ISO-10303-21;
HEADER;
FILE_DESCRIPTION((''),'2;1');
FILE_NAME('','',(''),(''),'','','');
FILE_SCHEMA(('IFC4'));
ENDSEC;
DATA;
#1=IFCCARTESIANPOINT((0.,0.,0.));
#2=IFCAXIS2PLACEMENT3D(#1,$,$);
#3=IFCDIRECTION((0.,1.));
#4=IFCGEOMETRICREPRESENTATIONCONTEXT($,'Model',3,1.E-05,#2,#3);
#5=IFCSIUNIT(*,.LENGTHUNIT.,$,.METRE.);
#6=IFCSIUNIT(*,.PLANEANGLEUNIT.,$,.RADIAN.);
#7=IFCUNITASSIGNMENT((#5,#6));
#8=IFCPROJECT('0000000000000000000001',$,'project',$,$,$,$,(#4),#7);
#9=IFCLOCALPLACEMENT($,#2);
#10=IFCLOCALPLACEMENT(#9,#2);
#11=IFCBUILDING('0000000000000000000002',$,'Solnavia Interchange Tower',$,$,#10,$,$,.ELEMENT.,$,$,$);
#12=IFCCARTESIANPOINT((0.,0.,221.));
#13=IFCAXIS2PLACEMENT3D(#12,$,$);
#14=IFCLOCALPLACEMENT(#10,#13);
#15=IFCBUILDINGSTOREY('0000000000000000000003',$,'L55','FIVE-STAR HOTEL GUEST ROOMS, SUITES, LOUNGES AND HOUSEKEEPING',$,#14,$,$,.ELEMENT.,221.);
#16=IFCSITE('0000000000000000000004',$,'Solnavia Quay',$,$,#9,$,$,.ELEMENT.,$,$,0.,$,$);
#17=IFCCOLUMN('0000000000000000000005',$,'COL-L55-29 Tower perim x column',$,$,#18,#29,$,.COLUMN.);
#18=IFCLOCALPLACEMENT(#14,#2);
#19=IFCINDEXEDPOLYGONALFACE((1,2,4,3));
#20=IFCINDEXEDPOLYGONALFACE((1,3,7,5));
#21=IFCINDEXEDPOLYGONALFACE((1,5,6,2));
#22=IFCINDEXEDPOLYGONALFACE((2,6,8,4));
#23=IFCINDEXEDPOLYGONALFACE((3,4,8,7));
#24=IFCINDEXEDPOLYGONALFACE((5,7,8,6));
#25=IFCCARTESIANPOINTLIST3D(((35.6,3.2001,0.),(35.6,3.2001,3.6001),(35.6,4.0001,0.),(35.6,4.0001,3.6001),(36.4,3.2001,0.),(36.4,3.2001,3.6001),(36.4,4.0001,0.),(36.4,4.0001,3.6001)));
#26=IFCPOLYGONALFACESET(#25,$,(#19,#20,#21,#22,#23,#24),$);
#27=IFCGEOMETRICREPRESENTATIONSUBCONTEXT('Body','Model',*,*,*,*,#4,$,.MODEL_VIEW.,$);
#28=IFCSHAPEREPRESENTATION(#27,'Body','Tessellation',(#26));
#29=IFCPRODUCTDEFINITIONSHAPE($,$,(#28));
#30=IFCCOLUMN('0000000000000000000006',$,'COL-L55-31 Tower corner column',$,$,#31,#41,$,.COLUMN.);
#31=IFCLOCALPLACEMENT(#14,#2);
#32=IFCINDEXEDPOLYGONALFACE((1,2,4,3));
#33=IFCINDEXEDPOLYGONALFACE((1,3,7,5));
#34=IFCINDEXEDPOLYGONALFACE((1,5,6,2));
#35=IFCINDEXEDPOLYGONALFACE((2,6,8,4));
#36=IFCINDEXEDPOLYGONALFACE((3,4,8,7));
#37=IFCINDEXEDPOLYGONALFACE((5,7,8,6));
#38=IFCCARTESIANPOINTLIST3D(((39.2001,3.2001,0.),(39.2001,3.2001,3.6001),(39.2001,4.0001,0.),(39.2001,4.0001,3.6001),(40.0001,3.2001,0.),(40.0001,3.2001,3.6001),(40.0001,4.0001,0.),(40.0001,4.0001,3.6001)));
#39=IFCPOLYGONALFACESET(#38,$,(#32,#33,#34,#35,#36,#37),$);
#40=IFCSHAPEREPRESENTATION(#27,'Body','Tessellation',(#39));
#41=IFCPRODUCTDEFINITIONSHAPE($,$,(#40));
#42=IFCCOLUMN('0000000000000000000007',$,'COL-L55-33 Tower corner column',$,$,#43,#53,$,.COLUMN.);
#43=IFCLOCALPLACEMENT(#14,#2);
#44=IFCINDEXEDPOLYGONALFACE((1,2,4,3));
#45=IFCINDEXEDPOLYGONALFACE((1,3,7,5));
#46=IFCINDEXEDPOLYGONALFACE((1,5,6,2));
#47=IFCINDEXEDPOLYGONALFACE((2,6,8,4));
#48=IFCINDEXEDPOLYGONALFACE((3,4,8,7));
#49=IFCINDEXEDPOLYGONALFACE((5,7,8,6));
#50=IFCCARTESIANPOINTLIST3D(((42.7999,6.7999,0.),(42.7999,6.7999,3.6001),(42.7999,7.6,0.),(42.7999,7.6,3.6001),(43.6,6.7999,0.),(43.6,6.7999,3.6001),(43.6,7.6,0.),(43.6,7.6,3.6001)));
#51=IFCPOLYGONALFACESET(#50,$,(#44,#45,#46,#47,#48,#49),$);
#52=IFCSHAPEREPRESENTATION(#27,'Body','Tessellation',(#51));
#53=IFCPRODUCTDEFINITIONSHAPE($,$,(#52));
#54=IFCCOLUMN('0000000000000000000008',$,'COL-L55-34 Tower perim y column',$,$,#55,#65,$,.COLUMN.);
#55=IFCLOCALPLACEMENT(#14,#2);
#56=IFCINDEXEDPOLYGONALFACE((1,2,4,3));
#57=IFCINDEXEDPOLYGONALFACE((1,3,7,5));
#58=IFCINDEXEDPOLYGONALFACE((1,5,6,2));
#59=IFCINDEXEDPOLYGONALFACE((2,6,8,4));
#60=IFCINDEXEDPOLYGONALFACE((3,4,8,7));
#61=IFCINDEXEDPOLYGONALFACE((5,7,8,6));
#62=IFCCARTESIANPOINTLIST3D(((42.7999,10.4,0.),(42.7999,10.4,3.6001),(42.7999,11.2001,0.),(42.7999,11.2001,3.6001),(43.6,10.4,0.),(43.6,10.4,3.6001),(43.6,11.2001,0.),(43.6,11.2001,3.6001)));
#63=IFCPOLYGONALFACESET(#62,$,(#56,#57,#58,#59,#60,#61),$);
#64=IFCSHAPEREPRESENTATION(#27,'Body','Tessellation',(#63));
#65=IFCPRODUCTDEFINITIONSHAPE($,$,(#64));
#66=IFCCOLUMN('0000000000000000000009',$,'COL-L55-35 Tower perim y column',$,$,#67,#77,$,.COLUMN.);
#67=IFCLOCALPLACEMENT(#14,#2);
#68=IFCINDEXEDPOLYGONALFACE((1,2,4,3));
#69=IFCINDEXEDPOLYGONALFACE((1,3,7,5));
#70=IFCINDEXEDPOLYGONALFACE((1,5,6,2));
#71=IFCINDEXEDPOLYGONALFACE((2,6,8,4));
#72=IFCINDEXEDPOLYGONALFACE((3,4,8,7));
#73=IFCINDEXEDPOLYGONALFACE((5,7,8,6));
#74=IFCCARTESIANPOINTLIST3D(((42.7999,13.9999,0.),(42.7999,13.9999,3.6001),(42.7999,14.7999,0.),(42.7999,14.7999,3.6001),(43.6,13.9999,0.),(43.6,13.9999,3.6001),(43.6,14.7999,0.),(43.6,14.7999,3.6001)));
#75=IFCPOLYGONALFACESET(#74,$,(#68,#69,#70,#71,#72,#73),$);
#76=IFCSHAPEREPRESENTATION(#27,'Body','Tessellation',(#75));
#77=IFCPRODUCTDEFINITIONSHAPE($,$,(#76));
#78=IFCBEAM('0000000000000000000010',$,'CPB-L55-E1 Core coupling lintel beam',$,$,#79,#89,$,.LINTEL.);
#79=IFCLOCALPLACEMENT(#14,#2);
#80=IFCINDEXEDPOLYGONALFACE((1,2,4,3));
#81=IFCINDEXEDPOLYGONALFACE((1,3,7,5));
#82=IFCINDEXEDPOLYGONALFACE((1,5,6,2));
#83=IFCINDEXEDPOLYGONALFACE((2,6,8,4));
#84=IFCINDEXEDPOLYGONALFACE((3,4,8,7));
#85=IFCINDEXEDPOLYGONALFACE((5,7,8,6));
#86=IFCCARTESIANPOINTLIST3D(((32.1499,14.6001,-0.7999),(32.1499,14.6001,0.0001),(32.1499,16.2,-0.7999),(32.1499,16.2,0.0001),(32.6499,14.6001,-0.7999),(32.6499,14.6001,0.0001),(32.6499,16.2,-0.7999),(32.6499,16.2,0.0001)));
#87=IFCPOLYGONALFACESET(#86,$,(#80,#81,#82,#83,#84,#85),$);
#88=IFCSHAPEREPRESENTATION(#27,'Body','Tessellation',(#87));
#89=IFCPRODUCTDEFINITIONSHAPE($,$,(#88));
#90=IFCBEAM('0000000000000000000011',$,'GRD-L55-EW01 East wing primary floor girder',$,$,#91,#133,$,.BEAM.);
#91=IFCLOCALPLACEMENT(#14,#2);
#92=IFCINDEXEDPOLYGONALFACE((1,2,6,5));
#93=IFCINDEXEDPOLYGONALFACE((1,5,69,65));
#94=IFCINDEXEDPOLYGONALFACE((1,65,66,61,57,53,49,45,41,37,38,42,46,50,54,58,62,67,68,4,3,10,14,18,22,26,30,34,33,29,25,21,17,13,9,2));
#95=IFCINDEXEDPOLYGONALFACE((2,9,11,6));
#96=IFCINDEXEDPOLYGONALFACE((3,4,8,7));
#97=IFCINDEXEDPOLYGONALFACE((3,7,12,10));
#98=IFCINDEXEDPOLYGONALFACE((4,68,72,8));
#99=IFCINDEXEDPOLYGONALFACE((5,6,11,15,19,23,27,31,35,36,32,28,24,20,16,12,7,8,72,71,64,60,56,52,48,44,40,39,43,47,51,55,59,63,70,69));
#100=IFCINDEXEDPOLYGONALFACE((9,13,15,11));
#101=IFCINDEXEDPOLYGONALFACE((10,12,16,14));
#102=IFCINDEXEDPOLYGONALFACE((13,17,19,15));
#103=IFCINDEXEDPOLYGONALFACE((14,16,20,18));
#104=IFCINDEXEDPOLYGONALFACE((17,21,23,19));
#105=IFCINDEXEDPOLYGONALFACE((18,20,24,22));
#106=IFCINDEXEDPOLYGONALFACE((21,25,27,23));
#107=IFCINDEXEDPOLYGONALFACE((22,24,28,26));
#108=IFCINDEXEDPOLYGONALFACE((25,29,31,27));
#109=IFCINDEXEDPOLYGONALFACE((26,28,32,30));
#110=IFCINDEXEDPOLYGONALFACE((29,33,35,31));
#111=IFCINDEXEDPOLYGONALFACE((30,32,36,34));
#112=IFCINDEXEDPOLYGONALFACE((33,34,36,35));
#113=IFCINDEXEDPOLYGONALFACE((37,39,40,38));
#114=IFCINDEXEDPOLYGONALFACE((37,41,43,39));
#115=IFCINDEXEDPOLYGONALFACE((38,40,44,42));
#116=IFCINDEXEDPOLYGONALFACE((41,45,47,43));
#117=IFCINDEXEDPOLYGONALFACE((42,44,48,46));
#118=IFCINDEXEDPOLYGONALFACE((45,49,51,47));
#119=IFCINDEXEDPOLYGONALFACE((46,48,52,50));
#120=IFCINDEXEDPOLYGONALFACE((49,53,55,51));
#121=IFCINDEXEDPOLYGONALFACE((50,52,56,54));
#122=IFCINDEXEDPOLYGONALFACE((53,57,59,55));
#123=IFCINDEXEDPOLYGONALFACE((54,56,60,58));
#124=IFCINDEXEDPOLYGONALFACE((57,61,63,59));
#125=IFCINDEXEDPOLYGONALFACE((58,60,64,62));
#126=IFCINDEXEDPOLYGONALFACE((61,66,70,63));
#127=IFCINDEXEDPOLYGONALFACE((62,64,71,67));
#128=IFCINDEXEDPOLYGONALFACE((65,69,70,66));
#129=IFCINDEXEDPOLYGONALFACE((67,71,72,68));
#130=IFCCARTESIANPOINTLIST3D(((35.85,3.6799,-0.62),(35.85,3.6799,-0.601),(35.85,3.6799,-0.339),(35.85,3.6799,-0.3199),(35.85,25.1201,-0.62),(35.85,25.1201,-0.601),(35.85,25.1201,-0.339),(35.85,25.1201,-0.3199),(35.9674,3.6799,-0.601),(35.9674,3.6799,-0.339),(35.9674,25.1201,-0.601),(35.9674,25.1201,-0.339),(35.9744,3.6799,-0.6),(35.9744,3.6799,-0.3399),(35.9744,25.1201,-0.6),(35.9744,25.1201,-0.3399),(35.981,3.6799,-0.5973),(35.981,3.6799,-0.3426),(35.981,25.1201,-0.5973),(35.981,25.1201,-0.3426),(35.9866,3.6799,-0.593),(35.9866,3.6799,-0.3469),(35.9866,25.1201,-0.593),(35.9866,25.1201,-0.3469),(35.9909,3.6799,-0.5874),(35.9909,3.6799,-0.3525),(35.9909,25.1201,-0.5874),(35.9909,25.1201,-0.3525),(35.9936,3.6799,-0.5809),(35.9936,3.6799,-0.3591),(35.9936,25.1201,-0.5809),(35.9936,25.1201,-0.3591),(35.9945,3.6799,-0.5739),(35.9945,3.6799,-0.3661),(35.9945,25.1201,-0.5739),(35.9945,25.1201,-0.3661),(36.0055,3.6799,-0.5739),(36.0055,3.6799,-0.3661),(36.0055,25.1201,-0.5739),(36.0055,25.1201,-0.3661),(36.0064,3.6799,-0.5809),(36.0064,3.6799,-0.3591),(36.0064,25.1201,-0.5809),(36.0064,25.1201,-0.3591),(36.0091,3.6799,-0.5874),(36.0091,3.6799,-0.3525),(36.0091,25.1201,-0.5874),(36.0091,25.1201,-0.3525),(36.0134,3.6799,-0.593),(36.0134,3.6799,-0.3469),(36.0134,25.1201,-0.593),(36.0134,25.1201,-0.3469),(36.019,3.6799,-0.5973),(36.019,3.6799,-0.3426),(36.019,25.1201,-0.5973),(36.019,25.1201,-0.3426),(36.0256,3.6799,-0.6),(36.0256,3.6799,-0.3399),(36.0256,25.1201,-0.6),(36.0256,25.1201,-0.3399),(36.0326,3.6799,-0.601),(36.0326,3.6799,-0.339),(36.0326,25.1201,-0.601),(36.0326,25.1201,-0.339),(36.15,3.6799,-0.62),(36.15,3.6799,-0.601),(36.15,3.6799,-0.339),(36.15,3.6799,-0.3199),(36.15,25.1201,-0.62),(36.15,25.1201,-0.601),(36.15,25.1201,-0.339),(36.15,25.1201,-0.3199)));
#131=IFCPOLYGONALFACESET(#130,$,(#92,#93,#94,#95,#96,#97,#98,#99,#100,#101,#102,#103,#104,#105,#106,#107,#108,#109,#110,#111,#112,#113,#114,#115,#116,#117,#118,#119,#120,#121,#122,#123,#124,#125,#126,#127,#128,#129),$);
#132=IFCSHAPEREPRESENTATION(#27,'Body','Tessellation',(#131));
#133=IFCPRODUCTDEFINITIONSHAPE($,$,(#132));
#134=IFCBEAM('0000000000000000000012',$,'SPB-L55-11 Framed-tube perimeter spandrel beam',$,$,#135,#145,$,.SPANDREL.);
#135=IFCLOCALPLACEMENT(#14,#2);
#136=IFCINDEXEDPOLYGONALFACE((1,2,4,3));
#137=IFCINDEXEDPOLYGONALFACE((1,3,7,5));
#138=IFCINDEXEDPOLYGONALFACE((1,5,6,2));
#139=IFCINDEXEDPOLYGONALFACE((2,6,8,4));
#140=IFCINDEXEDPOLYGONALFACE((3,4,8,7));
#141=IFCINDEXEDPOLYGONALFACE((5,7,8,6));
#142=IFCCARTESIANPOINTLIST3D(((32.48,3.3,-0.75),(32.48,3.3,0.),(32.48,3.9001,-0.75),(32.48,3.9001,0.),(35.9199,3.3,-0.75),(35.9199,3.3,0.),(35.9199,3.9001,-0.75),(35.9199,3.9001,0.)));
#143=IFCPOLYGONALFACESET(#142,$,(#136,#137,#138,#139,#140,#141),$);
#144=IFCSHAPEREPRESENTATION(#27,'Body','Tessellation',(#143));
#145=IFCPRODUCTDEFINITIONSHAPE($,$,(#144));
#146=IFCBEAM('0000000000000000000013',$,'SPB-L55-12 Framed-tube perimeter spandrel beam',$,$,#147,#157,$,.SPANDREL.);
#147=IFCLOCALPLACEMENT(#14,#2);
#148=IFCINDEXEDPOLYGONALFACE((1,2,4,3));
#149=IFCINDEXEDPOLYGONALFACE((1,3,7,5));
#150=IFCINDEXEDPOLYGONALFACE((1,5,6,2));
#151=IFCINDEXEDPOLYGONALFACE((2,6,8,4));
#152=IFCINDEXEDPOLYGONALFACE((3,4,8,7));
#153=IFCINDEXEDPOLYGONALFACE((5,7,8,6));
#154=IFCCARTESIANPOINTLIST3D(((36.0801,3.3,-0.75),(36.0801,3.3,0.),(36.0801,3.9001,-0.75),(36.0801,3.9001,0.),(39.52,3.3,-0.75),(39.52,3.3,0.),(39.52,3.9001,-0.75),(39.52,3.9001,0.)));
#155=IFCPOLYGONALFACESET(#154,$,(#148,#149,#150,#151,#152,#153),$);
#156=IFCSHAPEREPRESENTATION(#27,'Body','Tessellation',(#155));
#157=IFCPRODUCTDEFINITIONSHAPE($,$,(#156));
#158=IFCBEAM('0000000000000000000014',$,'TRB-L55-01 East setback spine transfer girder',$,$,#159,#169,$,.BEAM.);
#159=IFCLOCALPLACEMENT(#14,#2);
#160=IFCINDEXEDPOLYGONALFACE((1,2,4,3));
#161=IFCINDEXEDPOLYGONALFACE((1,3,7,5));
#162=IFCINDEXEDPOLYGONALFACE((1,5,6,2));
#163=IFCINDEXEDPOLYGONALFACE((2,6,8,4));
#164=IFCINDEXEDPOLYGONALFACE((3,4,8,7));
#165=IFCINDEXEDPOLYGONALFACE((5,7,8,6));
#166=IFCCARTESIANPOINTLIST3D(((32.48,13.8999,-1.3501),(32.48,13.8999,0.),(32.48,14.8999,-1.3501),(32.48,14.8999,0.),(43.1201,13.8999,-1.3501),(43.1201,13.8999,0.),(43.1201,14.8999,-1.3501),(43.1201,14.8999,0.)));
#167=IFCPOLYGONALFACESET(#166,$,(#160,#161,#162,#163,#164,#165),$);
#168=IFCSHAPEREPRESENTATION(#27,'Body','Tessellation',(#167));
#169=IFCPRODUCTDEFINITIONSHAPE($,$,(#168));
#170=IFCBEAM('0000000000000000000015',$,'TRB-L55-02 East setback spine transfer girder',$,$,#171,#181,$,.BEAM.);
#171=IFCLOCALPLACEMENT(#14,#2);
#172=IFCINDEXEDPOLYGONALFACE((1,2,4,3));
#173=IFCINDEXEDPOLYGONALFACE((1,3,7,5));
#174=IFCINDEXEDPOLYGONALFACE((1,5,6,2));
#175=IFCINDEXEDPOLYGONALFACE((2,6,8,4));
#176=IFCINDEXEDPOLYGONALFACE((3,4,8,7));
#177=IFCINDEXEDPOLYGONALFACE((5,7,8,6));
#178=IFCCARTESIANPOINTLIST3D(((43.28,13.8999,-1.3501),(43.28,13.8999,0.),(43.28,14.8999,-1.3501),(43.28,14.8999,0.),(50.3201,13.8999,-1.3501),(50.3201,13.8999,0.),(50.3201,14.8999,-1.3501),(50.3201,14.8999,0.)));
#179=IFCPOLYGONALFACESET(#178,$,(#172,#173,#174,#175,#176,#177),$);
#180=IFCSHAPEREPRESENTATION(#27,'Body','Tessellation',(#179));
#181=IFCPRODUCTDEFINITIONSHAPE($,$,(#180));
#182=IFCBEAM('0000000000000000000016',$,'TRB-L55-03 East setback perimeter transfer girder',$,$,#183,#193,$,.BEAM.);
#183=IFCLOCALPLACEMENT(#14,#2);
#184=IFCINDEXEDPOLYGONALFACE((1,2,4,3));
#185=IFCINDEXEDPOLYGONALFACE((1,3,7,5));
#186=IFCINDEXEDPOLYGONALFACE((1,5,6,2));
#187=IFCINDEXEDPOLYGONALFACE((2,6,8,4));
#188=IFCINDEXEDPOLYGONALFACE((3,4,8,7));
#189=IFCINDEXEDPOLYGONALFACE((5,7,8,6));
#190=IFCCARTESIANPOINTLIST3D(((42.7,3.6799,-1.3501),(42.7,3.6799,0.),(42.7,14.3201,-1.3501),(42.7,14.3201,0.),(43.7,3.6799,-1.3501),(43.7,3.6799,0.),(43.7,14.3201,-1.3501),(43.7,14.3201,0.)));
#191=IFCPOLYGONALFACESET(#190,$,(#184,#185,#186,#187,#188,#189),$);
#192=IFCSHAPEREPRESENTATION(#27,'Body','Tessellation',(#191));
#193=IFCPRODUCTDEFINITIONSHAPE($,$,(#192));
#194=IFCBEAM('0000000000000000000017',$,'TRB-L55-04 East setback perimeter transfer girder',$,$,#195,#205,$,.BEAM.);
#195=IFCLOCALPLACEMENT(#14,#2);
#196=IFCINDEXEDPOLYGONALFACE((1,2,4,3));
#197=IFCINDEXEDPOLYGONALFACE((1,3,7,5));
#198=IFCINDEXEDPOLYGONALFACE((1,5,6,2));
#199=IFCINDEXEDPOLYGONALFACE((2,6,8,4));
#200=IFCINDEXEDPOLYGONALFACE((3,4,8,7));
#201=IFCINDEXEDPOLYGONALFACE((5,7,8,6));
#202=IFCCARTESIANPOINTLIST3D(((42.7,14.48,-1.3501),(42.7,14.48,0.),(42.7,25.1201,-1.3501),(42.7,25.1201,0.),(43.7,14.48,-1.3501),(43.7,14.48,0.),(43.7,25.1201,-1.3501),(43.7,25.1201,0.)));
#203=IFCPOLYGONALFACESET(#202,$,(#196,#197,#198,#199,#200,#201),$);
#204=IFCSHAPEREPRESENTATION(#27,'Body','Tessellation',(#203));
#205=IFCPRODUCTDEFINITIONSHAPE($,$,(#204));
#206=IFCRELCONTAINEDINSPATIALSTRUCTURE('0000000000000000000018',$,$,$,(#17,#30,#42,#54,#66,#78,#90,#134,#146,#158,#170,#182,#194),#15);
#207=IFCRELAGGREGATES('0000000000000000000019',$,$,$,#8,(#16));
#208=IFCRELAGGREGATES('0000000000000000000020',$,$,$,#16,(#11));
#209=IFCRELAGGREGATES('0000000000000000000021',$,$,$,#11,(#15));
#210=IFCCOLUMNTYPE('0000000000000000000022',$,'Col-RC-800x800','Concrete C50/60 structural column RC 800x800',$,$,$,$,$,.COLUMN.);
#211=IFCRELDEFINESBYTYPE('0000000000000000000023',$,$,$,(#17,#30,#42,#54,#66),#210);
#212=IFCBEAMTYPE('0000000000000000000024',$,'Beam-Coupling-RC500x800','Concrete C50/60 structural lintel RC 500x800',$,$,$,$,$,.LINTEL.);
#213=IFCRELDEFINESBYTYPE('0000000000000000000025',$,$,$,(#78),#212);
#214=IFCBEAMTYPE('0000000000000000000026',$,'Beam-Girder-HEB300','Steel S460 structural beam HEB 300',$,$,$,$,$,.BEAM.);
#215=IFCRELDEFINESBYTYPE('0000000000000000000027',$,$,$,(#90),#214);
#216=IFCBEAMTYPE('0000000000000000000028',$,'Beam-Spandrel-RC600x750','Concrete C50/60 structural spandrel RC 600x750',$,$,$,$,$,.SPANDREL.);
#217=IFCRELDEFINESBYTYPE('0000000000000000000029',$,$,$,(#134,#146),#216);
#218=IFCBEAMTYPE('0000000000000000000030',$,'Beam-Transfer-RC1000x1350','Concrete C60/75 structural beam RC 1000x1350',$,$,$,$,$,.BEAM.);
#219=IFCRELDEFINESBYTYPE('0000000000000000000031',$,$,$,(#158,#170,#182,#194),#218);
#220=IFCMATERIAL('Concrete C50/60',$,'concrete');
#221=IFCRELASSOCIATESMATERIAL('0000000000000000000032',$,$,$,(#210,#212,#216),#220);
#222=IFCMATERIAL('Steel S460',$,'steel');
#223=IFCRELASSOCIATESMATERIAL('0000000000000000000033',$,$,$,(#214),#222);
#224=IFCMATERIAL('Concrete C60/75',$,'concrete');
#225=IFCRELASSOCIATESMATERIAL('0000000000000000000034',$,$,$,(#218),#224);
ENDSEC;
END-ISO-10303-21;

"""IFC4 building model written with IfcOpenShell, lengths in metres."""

from ifc_helpers import new_model, si_unit, direction, frame, origin, origin_2d, place, context, subcontext, project, spatial, rectangle, i_section, extrude, material, material_profile, profile_set, type_object, element, save


model = new_model("IFC4")

# Units and contexts
model_context = context("Model", 3, precision=1e-05, world=origin(), true_north=direction((0.0, 1.0)))
body_context = subcontext(model_context, "Body", "Model", "MODEL_VIEW")
ifc_project = project(units=[si_unit("LENGTHUNIT", "METRE"), si_unit("PLANEANGLEUNIT", "RADIAN")], contexts=[model_context])

# Site, building, storey
site_placement = place(None, origin())
site = spatial("IfcSite", under=ifc_project, at=site_placement, Name="Solnavia Quay", CompositionType="ELEMENT", RefElevation=0.0)
building_placement = place(site_placement, origin())
building = spatial("IfcBuilding", under=site, at=building_placement, Name="Solnavia Interchange Tower", CompositionType="ELEMENT")
storey_placement = place(building_placement, frame((0.0, 0.0, 221.0)))
storey = spatial("IfcBuildingStorey", under=building, at=storey_placement, Name="L55", Description="FIVE-STAR HOTEL GUEST ROOMS, SUITES, LOUNGES AND HOUSEKEEPING", CompositionType="ELEMENT", Elevation=221.0)

# Columns
ifc_material_1 = material(Name="Concrete C50/60", Category="concrete")
ifc_material_profile_1 = material_profile(ifc_material_1, rectangle(XDim=0.8, YDim=0.8, at=origin_2d()), Name="RC 800x800")
ifc_profile_set_1 = profile_set([ifc_material_profile_1], Name="Concrete C50/60")
column_type = type_object("IfcColumnType", Name="Col-RC-800x800", Description="Concrete C50/60 structural column RC 800x800", PredefinedType="COLUMN", material=ifc_profile_set_1)
for number, where, z_axis, x_axis, name in (
    (1, (36.0, 3.6001, 0.0), (0.0, 0.0, 1.0), (1.0, 0.0, 0.0), "COL-L55-29 Tower perim x column"),
    (2, (39.6001, 3.6001, 0.0), (0.0, 0.0, 1.0), (1.0, 0.0, 0.0), "COL-L55-31 Tower corner column"),
    (3, (43.2, 7.2, 0.0), (0.0, 0.0, 1.0), (1.0, 0.0, 0.0), "COL-L55-33 Tower corner column"),
    (4, (43.2, 10.8, 0.0), (0.0, 0.0, 1.0), (0.0, 1.0, 0.0), "COL-L55-34 Tower perim y column"),
    (5, (43.2, 14.3999, 0.0), (0.0, 0.0, 1.0), (0.0, 1.0, 0.0), "COL-L55-35 Tower perim y column"),
):
    element("IfcColumn", number, at=place(storey_placement, frame(where, z_axis=z_axis, x_axis=x_axis)), inside=storey, type_object=column_type, Name=name, PredefinedType="COLUMN", context=body_context, shape_type="SweptSolid", body=[
        extrude(rectangle(XDim=0.8, YDim=0.8, at=origin_2d()), origin(), (0.0, 0.0, 1.0), 3.6001),
    ])

# Beams
ifc_material_profile_2 = material_profile(ifc_material_1, rectangle(XDim=0.5, YDim=0.8, at=origin_2d()), Name="RC 500x800")
ifc_profile_set_2 = profile_set([ifc_material_profile_2], Name="Concrete C50/60")
beam_type_1 = type_object("IfcBeamType", Name="Beam-Coupling-RC500x800", Description="Concrete C50/60 structural lintel RC 500x800", PredefinedType="LINTEL", material=ifc_profile_set_2)
beam_1_placement = place(storey_placement, frame((32.3999, 14.6001, -0.3999), z_axis=(0.0, 1.0, 0.0), x_axis=(-1.0, 0.0, 0.0)))
element("IfcBeam", 6, at=beam_1_placement, inside=storey, type_object=beam_type_1, Name="CPB-L55-E1 Core coupling lintel beam", PredefinedType="LINTEL", context=body_context, shape_type="SweptSolid", body=[
    extrude(rectangle(XDim=0.5, YDim=0.8, at=origin_2d()), origin(), (0.0, 0.0, 1.0), 1.5999),
])
ifc_material_2 = material(Name="Steel S460", Category="steel")
ifc_material_profile_3 = material_profile(ifc_material_2, i_section(OverallWidth=0.3, OverallDepth=0.3, WebThickness=0.011, FlangeThickness=0.019, FilletRadius=0.0271, at=origin_2d()), Name="HEB 300")
ifc_profile_set_3 = profile_set([ifc_material_profile_3], Name="Steel S460")
beam_type_2 = type_object("IfcBeamType", Name="Beam-Girder-HEB300", Description="Steel S460 structural beam HEB 300", PredefinedType="BEAM", material=ifc_profile_set_3)
beam_2_placement = place(storey_placement, frame((36.0, 3.6799, -0.47), z_axis=(0.0, 1.0, 0.0), x_axis=(-1.0, 0.0, 0.0)))
element("IfcBeam", 7, at=beam_2_placement, inside=storey, type_object=beam_type_2, Name="GRD-L55-EW01 East wing primary floor girder", PredefinedType="BEAM", context=body_context, shape_type="SweptSolid", body=[
    extrude(i_section(OverallWidth=0.3, OverallDepth=0.3, WebThickness=0.011, FlangeThickness=0.019, FilletRadius=0.0271, at=origin_2d()), origin(), (0.0, 0.0, 1.0), 21.4402),
])
ifc_material_profile_4 = material_profile(ifc_material_1, rectangle(XDim=0.6001, YDim=0.75, at=origin_2d()), Name="RC 600x750")
ifc_profile_set_4 = profile_set([ifc_material_profile_4], Name="Concrete C50/60")
beam_type_3 = type_object("IfcBeamType", Name="Beam-Spandrel-RC600x750", Description="Concrete C50/60 structural spandrel RC 600x750", PredefinedType="SPANDREL", material=ifc_profile_set_4)
for number, where, z_axis, x_axis, name in (
    (8, (32.48, 3.6001, -0.375), (1.0, 0.0, 0.0), (0.0, 1.0, 0.0), "SPB-L55-11 Framed-tube perimeter spandrel beam"),
    (9, (36.0801, 3.6001, -0.375), (1.0, 0.0, 0.0), (0.0, 1.0, 0.0), "SPB-L55-12 Framed-tube perimeter spandrel beam"),
):
    element("IfcBeam", number, at=place(storey_placement, frame(where, z_axis=z_axis, x_axis=x_axis)), inside=storey, type_object=beam_type_3, Name=name, PredefinedType="SPANDREL", context=body_context, shape_type="SweptSolid", body=[
        extrude(rectangle(XDim=0.6001, YDim=0.75, at=origin_2d()), origin(), (0.0, 0.0, 1.0), 3.4399),
    ])
ifc_material_3 = material(Name="Concrete C60/75", Category="concrete")
ifc_material_profile_5 = material_profile(ifc_material_3, rectangle(XDim=1.0, YDim=1.3501, at=origin_2d()), Name="RC 1000x1350")
ifc_profile_set_5 = profile_set([ifc_material_profile_5], Name="Concrete C60/75")
beam_type_4 = type_object("IfcBeamType", Name="Beam-Transfer-RC1000x1350", Description="Concrete C60/75 structural beam RC 1000x1350", PredefinedType="BEAM", material=ifc_profile_set_5)
beam_3_placement = place(storey_placement, frame((32.48, 14.3999, -0.675), z_axis=(1.0, 0.0, 0.0), x_axis=(0.0, 1.0, 0.0)))
element("IfcBeam", 10, at=beam_3_placement, inside=storey, type_object=beam_type_4, Name="TRB-L55-01 East setback spine transfer girder", PredefinedType="BEAM", context=body_context, shape_type="SweptSolid", body=[
    extrude(rectangle(XDim=1.0, YDim=1.3501, at=origin_2d()), origin(), (0.0, 0.0, 1.0), 10.6401),
])
beam_4_placement = place(storey_placement, frame((43.28, 14.3999, -0.675), z_axis=(1.0, 0.0, 0.0), x_axis=(0.0, 1.0, 0.0)))
element("IfcBeam", 11, at=beam_4_placement, inside=storey, type_object=beam_type_4, Name="TRB-L55-02 East setback spine transfer girder", PredefinedType="BEAM", context=body_context, shape_type="SweptSolid", body=[
    extrude(rectangle(XDim=1.0, YDim=1.3501, at=origin_2d()), origin(), (0.0, 0.0, 1.0), 7.04),
])
for number, where, z_axis, x_axis, name in (
    (12, (43.2, 3.6799, -0.675), (0.0, 1.0, 0.0), (-1.0, 0.0, 0.0), "TRB-L55-03 East setback perimeter transfer girder"),
    (13, (43.2, 14.48, -0.675), (0.0, 1.0, 0.0), (-1.0, 0.0, 0.0), "TRB-L55-04 East setback perimeter transfer girder"),
):
    element("IfcBeam", number, at=place(storey_placement, frame(where, z_axis=z_axis, x_axis=x_axis)), inside=storey, type_object=beam_type_4, Name=name, PredefinedType="BEAM", context=body_context, shape_type="SweptSolid", body=[
        extrude(rectangle(XDim=1.0, YDim=1.3501, at=origin_2d()), origin(), (0.0, 0.0, 1.0), 10.6401),
    ])

save(model, "model.ifc")
